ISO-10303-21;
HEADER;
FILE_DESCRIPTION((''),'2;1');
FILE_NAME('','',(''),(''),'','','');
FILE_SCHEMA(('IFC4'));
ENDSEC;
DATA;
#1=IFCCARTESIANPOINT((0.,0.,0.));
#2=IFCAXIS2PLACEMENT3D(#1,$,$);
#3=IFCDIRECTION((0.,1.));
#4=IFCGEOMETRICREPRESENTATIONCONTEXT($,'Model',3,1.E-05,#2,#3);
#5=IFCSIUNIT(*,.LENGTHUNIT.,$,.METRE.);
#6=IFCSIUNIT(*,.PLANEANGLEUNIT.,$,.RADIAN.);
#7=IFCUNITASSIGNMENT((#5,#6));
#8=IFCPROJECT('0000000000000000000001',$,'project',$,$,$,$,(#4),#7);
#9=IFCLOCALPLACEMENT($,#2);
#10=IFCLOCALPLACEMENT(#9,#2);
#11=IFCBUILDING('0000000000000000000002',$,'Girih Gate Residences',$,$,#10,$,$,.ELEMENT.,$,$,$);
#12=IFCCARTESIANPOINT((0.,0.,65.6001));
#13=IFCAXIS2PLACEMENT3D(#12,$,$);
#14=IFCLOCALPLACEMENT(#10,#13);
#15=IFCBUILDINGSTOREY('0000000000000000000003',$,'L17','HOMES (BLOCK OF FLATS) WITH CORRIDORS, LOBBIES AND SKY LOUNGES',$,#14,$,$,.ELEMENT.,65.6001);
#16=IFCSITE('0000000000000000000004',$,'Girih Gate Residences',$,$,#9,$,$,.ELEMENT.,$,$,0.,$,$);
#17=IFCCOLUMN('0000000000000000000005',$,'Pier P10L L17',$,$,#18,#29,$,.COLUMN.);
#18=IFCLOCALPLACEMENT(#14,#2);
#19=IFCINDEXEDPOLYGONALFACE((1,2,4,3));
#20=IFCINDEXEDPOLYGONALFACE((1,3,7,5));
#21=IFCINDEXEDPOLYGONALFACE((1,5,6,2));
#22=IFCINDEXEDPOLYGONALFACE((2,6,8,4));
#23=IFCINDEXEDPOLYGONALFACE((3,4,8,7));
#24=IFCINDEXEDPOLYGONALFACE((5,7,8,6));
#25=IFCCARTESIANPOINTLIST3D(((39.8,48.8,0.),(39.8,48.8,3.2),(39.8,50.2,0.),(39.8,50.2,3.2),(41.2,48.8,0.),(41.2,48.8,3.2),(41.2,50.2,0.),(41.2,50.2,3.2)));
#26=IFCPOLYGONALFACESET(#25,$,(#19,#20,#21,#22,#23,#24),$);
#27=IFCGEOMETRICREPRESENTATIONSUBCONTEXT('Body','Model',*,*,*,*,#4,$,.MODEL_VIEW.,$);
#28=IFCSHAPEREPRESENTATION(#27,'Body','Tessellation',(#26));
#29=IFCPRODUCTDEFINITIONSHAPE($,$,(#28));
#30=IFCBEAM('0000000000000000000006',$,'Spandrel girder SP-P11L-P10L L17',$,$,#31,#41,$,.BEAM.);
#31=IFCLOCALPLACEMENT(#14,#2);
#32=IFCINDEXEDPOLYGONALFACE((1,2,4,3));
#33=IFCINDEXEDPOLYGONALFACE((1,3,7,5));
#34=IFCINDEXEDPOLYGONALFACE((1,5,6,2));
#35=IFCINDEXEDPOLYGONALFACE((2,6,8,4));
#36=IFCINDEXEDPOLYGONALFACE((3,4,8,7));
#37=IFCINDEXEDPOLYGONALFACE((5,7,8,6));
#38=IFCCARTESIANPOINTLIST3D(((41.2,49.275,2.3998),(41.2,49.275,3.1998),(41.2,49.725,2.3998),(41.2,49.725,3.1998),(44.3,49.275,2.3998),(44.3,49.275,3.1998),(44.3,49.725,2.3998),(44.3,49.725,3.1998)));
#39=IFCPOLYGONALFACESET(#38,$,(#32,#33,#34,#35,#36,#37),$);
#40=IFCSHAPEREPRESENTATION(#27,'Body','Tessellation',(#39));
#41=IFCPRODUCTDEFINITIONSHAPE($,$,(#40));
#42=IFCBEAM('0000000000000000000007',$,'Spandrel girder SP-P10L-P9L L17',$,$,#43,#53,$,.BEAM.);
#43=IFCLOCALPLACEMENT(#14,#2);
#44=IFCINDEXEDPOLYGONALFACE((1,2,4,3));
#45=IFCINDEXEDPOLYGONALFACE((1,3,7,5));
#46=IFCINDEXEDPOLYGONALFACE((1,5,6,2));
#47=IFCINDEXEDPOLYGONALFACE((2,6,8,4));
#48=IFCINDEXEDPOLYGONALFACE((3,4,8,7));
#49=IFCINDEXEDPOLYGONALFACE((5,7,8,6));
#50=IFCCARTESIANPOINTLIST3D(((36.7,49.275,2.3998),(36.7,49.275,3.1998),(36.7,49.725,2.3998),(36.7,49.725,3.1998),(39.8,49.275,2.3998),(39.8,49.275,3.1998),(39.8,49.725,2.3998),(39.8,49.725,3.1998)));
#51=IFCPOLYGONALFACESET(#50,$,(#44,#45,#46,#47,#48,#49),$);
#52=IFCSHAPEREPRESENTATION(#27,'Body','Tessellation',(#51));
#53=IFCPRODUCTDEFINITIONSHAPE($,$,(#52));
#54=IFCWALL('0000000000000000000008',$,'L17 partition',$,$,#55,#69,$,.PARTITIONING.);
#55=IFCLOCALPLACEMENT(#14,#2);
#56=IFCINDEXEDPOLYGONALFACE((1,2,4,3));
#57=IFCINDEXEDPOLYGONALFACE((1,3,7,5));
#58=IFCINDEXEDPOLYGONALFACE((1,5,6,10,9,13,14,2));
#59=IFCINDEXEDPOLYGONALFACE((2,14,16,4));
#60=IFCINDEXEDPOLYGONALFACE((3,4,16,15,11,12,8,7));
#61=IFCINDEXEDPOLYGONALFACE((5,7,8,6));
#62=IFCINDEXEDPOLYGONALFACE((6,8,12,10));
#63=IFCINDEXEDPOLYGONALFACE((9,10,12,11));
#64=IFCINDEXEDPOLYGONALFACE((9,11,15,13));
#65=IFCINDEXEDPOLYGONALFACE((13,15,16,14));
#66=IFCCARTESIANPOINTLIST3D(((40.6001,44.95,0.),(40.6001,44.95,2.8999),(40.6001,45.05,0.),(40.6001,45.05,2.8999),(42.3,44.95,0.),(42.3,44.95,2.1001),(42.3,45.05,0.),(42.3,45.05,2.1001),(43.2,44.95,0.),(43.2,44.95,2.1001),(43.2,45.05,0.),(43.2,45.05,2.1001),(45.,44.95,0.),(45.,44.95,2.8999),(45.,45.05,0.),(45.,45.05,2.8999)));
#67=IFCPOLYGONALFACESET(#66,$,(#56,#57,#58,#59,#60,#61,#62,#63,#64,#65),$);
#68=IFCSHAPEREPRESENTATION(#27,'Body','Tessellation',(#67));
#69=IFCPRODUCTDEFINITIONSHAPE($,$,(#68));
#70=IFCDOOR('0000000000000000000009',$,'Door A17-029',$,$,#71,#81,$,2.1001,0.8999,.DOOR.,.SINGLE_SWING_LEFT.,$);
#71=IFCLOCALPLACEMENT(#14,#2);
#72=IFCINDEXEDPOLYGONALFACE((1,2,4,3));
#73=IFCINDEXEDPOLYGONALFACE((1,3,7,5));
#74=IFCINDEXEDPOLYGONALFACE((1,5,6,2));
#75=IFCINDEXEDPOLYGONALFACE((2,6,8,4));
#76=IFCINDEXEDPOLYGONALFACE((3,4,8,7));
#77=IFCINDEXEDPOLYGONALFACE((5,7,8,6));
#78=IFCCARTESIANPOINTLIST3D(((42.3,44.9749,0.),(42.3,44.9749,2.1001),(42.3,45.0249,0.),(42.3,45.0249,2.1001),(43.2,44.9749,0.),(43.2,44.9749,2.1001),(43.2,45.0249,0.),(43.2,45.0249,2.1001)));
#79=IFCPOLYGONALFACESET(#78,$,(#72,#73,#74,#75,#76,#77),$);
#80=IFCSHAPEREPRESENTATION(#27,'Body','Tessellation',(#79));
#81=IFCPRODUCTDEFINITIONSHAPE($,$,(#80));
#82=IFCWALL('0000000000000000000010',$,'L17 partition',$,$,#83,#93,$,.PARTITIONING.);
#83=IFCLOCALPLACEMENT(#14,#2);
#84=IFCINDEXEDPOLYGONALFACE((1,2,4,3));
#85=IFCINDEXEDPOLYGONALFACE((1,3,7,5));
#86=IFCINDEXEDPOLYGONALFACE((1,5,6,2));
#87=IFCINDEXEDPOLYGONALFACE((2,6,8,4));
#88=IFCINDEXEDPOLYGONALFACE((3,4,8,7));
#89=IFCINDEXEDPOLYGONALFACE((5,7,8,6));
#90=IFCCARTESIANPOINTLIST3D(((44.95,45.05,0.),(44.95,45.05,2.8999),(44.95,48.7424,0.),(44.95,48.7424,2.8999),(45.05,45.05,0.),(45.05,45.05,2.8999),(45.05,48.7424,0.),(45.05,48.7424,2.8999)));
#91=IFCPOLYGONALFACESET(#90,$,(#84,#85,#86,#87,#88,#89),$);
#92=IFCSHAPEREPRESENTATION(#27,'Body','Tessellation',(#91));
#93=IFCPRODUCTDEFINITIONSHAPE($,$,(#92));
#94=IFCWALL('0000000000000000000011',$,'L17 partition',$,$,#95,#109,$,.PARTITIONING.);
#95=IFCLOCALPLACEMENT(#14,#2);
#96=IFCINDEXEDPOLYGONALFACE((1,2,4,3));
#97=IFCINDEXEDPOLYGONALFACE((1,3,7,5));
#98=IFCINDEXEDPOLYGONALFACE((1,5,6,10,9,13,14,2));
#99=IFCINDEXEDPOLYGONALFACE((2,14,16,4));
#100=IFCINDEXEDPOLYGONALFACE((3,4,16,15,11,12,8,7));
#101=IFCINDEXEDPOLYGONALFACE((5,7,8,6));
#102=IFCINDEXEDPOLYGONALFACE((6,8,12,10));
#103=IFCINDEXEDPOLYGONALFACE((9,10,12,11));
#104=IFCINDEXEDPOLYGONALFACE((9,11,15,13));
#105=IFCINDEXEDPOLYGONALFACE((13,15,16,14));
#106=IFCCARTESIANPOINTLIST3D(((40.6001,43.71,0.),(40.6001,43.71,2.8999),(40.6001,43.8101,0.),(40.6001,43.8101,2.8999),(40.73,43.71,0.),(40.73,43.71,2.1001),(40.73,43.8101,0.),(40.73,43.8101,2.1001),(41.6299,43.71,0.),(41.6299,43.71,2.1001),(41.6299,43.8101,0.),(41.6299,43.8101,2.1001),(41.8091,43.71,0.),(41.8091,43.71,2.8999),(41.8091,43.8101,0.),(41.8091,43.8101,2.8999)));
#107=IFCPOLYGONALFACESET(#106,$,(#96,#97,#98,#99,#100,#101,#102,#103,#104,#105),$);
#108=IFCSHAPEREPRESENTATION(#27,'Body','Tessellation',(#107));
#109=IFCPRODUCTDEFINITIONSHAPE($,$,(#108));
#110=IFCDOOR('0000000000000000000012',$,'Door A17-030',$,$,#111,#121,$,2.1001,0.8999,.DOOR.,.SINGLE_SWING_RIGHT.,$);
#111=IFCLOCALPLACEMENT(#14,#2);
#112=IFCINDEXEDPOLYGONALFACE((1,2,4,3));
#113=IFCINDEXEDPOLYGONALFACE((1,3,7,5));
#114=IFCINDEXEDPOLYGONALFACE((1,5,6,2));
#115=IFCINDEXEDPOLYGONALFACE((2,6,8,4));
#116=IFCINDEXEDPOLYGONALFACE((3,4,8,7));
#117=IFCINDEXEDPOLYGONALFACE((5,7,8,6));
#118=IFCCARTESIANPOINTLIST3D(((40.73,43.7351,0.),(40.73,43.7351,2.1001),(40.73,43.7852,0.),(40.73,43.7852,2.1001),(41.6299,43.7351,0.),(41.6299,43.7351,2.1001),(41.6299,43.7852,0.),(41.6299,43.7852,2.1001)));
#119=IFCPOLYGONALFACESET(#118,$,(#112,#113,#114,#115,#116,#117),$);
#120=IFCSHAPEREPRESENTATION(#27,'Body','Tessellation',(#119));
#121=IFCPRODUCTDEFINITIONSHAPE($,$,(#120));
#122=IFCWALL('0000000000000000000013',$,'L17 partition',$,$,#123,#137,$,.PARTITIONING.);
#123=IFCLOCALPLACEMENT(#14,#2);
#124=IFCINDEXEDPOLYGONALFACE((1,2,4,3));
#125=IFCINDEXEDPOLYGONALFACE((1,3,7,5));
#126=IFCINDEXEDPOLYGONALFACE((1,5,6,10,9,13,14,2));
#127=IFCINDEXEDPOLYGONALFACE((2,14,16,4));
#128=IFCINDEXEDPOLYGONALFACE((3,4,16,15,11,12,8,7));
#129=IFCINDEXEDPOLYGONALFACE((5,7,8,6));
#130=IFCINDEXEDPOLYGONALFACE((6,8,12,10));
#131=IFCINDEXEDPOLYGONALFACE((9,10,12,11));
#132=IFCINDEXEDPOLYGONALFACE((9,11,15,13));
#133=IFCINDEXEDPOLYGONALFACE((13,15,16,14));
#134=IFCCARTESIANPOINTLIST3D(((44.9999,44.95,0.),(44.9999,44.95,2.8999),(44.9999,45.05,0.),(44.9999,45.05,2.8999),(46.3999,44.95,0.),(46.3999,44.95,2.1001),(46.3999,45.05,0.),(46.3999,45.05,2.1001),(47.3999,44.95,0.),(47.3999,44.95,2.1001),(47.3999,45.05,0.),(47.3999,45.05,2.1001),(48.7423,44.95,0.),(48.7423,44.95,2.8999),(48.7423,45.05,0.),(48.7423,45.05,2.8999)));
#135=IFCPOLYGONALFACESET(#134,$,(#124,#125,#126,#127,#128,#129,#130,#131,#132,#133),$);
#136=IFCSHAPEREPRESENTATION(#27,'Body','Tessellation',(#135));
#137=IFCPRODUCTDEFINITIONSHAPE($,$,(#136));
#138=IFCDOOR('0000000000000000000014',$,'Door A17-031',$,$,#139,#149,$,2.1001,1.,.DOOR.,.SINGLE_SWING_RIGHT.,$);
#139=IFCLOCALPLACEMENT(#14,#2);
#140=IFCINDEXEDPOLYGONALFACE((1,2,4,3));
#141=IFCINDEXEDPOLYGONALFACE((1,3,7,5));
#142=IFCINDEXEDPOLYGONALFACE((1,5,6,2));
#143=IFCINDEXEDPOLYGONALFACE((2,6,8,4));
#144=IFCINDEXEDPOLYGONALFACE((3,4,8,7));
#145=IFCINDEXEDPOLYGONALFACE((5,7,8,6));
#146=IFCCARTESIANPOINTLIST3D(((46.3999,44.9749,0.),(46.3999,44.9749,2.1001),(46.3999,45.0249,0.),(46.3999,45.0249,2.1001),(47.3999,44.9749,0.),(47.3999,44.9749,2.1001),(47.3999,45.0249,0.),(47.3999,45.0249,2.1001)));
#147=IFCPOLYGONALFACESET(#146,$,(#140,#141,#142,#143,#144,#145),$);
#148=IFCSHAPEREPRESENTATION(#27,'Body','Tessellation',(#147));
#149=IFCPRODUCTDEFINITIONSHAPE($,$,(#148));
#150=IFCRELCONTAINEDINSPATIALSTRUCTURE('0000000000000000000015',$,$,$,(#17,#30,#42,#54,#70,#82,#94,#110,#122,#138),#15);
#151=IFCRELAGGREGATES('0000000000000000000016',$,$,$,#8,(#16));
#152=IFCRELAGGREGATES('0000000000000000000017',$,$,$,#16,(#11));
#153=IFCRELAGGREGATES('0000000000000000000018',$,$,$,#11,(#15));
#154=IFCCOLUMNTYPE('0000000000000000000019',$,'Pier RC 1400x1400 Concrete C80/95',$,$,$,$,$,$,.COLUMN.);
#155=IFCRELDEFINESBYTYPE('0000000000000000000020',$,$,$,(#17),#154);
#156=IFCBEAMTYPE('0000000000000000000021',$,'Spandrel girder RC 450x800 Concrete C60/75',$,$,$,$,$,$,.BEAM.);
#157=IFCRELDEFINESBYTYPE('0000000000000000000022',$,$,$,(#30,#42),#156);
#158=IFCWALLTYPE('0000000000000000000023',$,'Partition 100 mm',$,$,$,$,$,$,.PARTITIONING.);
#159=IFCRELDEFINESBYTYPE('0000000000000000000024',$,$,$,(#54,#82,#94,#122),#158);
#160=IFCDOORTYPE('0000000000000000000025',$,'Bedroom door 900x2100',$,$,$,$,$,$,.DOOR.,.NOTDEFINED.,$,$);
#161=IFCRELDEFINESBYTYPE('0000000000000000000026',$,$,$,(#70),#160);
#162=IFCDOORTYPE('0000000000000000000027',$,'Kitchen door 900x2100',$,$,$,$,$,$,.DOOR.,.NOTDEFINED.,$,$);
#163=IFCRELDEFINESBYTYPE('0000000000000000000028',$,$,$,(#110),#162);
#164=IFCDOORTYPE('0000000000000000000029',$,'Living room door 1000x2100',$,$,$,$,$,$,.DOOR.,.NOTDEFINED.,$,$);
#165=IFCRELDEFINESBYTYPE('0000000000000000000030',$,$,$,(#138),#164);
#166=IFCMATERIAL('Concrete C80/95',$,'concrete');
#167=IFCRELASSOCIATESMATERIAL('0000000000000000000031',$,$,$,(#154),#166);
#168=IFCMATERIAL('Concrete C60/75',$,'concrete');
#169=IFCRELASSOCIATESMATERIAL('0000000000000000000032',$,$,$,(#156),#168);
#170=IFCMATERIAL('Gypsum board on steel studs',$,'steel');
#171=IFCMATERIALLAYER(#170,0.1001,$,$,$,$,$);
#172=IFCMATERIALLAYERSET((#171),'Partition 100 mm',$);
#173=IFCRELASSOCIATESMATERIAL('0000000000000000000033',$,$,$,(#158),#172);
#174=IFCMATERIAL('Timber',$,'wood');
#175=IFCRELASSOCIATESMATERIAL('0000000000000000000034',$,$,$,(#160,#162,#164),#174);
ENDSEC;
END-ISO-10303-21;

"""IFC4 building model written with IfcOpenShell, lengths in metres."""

from ifc_helpers import new_model, si_unit, direction, frame, frame_2d, origin, origin_2d, place, context, subcontext, project, spatial, rectangle, extrude, material, layer, layer_set, material_profile, profile_set, type_object, element, fill, save


model = new_model("IFC4")

# Units and contexts
model_context = context("Model", 3, precision=1e-05, world=origin(), true_north=direction((0.0, 1.0)))
body_context = subcontext(model_context, "Body", "Model", "MODEL_VIEW")
ifc_project = project(units=[si_unit("LENGTHUNIT", "METRE"), si_unit("PLANEANGLEUNIT", "RADIAN")], contexts=[model_context])

# Site, building, storey
site_placement = place(None, origin())
site = spatial("IfcSite", under=ifc_project, at=site_placement, Name="Girih Gate Residences", CompositionType="ELEMENT", RefElevation=0.0)
building_placement = place(site_placement, origin())
building = spatial("IfcBuilding", under=site, at=building_placement, Name="Girih Gate Residences", CompositionType="ELEMENT")
storey_placement = place(building_placement, frame((0.0, 0.0, 65.6001)))
storey = spatial("IfcBuildingStorey", under=building, at=storey_placement, Name="L17", Description="HOMES (BLOCK OF FLATS) WITH CORRIDORS, LOBBIES AND SKY LOUNGES", CompositionType="ELEMENT", Elevation=65.6001)

# Column
ifc_material_1 = material(Name="Concrete C80/95", Category="concrete")
ifc_material_profile_1 = material_profile(ifc_material_1, rectangle(XDim=1.3999, YDim=1.3999, at=origin_2d()))
ifc_profile_set_1 = profile_set([ifc_material_profile_1], Name="Concrete C80/95")
column_type = type_object("IfcColumnType", Name="Pier RC 1400x1400 Concrete C80/95", PredefinedType="COLUMN", material=ifc_profile_set_1)
column_placement = place(storey_placement, frame((40.5, 49.5, 0.0), z_axis=(0.0, 0.0, 1.0), x_axis=(1.0, 0.0, 0.0)))
element("IfcColumn", 1, at=column_placement, inside=storey, type_object=column_type, Name="Pier P10L L17", PredefinedType="COLUMN", context=body_context, shape_type="SweptSolid", body=[
    extrude(rectangle(XDim=1.3999, YDim=1.3999, at=origin_2d()), origin(), (0.0, 0.0, 1.0), 3.2),
])

# Beams
ifc_material_2 = material(Name="Concrete C60/75", Category="concrete")
ifc_material_profile_2 = material_profile(ifc_material_2, rectangle(XDim=0.45, YDim=0.8, at=origin_2d()))
ifc_profile_set_2 = profile_set([ifc_material_profile_2], Name="Concrete C60/75")
beam_type = type_object("IfcBeamType", Name="Spandrel girder RC 450x800 Concrete C60/75", PredefinedType="BEAM", material=ifc_profile_set_2)
for number, where, z_axis, x_axis, name in (
    (2, (44.3, 49.5, 2.7998), (-1.0, 0.0, 0.0), (0.0, -1.0, 0.0), "Spandrel girder SP-P11L-P10L L17"),
    (3, (39.8, 49.5, 2.7998), (-1.0, 0.0, 0.0), (0.0, -1.0, 0.0), "Spandrel girder SP-P10L-P9L L17"),
):
    element("IfcBeam", number, at=place(storey_placement, frame(where, z_axis=z_axis, x_axis=x_axis)), inside=storey, type_object=beam_type, Name=name, PredefinedType="BEAM", context=body_context, shape_type="SweptSolid", body=[
        extrude(rectangle(XDim=0.45, YDim=0.8, at=origin_2d()), origin(), (0.0, 0.0, 1.0), 3.1001),
    ])

# Wall, opening, door
ifc_material_3 = material(Name="Gypsum board on steel studs", Category="steel")
ifc_layer_1 = layer(ifc_material_3, 0.1001)
ifc_layer_set_1 = layer_set([ifc_layer_1], Name="Partition 100 mm")
wall_type_1 = type_object("IfcWallType", Name="Partition 100 mm", PredefinedType="PARTITIONING", material=ifc_layer_set_1)
wall_1_placement = place(storey_placement, frame((40.6001, 45.0, 0.0), z_axis=(0.0, 0.0, 1.0), x_axis=(1.0, 0.0, 0.0)))
wall_1 = element("IfcWall", 4, at=wall_1_placement, inside=storey, type_object=wall_type_1, Name="L17 partition", PredefinedType="PARTITIONING", context=body_context, shape_type="SweptSolid", body=[
    extrude(rectangle(XDim=4.3999, YDim=0.1001, at=frame_2d((2.2, 0.0))), origin(), (0.0, 0.0, 1.0), 2.8999),
])
opening_1_placement = place(wall_1_placement, frame((1.7, 0.0, 0.0)))
opening_1 = element("IfcOpeningElement", 5, at=opening_1_placement, cuts=wall_1, PredefinedType="OPENING", context=body_context, shape_type="SweptSolid", body=[
    extrude(rectangle(XDim=0.8999, YDim=2.1001, at=frame_2d((0.45, 1.05))), frame((0.0, 0.0601, 0.0), z_axis=(0.0, -1.0, 0.0), x_axis=(1.0, 0.0, 0.0)), (0.0, 0.0, 1.0), 0.1201),
])
ifc_material_4 = material(Name="Timber", Category="wood")
door_type_1 = type_object("IfcDoorType", Name="Bedroom door 900x2100", OperationType="NOTDEFINED", PredefinedType="DOOR", material=ifc_material_4)
door_1_placement = place(opening_1_placement, origin())
door_1 = element("IfcDoor", 6, at=door_1_placement, inside=storey, type_object=door_type_1, Name="Door A17-029", OperationType="SINGLE_SWING_LEFT", OverallHeight=2.1001, OverallWidth=0.8999, PredefinedType="DOOR", context=body_context, shape_type="SweptSolid", body=[
    extrude(rectangle(XDim=0.8999, YDim=2.1001, at=frame_2d((0.45, 1.05))), frame((0.0, 0.0249, 0.0), z_axis=(0.0, -1.0, 0.0), x_axis=(1.0, 0.0, 0.0)), (0.0, 0.0, 1.0), 0.05),
])
fill(opening_1, door_1)

# Wall
wall_2_placement = place(storey_placement, frame((45.0, 45.05, 0.0), z_axis=(0.0, 0.0, 1.0), x_axis=(0.0, 1.0, 0.0)))
element("IfcWall", 7, at=wall_2_placement, inside=storey, type_object=wall_type_1, Name="L17 partition", PredefinedType="PARTITIONING", context=body_context, shape_type="SweptSolid", body=[
    extrude(rectangle(XDim=3.6924, YDim=0.1001, at=frame_2d((1.8462, 0.0))), origin(), (0.0, 0.0, 1.0), 2.8999),
])

# Walls, openings, doors
wall_3_placement = place(storey_placement, frame((41.8091, 43.76, 0.0), z_axis=(0.0, 0.0, 1.0), x_axis=(-1.0, 0.0, 0.0)))
wall_3 = element("IfcWall", 8, at=wall_3_placement, inside=storey, type_object=wall_type_1, Name="L17 partition", PredefinedType="PARTITIONING", context=body_context, shape_type="SweptSolid", body=[
    extrude(rectangle(XDim=1.209, YDim=0.1001, at=frame_2d((0.6045, 0.0))), origin(), (0.0, 0.0, 1.0), 2.8999),
])
opening_2_placement = place(wall_3_placement, frame((0.1792, 0.0, 0.0)))
opening_2 = element("IfcOpeningElement", 9, at=opening_2_placement, cuts=wall_3, PredefinedType="OPENING", context=body_context, shape_type="SweptSolid", body=[
    extrude(rectangle(XDim=0.8999, YDim=2.1001, at=frame_2d((0.45, 1.05))), frame((0.0, 0.0601, 0.0), z_axis=(0.0, -1.0, 0.0), x_axis=(1.0, 0.0, 0.0)), (0.0, 0.0, 1.0), 0.1201),
])
door_type_2 = type_object("IfcDoorType", Name="Kitchen door 900x2100", OperationType="NOTDEFINED", PredefinedType="DOOR", material=ifc_material_4)
door_2_placement = place(opening_2_placement, origin())
door_2 = element("IfcDoor", 10, at=door_2_placement, inside=storey, type_object=door_type_2, Name="Door A17-030", OperationType="SINGLE_SWING_RIGHT", OverallHeight=2.1001, OverallWidth=0.8999, PredefinedType="DOOR", context=body_context, shape_type="SweptSolid", body=[
    extrude(rectangle(XDim=0.8999, YDim=2.1001, at=frame_2d((0.45, 1.05))), frame((0.0, 0.0249, 0.0), z_axis=(0.0, -1.0, 0.0), x_axis=(1.0, 0.0, 0.0)), (0.0, 0.0, 1.0), 0.05),
])
fill(opening_2, door_2)
wall_4_placement = place(storey_placement, frame((45.0, 45.0, 0.0), z_axis=(0.0, 0.0, 1.0), x_axis=(1.0, 0.0, 0.0)))
wall_4 = element("IfcWall", 11, at=wall_4_placement, inside=storey, type_object=wall_type_1, Name="L17 partition", PredefinedType="PARTITIONING", context=body_context, shape_type="SweptSolid", body=[
    extrude(rectangle(XDim=3.7424, YDim=0.1001, at=frame_2d((1.8711, 0.0))), origin(), (0.0, 0.0, 1.0), 2.8999),
])
opening_3_placement = place(wall_4_placement, frame((1.3999, 0.0, 0.0)))
opening_3 = element("IfcOpeningElement", 12, at=opening_3_placement, cuts=wall_4, PredefinedType="OPENING", context=body_context, shape_type="SweptSolid", body=[
    extrude(rectangle(XDim=1.0, YDim=2.1001, at=frame_2d((0.5, 1.05))), frame((0.0, 0.0601, 0.0), z_axis=(0.0, -1.0, 0.0), x_axis=(1.0, 0.0, 0.0)), (0.0, 0.0, 1.0), 0.1201),
])
door_type_3 = type_object("IfcDoorType", Name="Living room door 1000x2100", OperationType="NOTDEFINED", PredefinedType="DOOR", material=ifc_material_4)
door_3_placement = place(opening_3_placement, origin())
door_3 = element("IfcDoor", 13, at=door_3_placement, inside=storey, type_object=door_type_3, Name="Door A17-031", OperationType="SINGLE_SWING_RIGHT", OverallHeight=2.1001, OverallWidth=1.0, PredefinedType="DOOR", context=body_context, shape_type="SweptSolid", body=[
    extrude(rectangle(XDim=1.0, YDim=2.1001, at=frame_2d((0.5, 1.05))), frame((0.0, 0.0249, 0.0), z_axis=(0.0, -1.0, 0.0), x_axis=(1.0, 0.0, 0.0)), (0.0, 0.0, 1.0), 0.05),
])
fill(opening_3, door_3)

save(model, "model.ifc")
